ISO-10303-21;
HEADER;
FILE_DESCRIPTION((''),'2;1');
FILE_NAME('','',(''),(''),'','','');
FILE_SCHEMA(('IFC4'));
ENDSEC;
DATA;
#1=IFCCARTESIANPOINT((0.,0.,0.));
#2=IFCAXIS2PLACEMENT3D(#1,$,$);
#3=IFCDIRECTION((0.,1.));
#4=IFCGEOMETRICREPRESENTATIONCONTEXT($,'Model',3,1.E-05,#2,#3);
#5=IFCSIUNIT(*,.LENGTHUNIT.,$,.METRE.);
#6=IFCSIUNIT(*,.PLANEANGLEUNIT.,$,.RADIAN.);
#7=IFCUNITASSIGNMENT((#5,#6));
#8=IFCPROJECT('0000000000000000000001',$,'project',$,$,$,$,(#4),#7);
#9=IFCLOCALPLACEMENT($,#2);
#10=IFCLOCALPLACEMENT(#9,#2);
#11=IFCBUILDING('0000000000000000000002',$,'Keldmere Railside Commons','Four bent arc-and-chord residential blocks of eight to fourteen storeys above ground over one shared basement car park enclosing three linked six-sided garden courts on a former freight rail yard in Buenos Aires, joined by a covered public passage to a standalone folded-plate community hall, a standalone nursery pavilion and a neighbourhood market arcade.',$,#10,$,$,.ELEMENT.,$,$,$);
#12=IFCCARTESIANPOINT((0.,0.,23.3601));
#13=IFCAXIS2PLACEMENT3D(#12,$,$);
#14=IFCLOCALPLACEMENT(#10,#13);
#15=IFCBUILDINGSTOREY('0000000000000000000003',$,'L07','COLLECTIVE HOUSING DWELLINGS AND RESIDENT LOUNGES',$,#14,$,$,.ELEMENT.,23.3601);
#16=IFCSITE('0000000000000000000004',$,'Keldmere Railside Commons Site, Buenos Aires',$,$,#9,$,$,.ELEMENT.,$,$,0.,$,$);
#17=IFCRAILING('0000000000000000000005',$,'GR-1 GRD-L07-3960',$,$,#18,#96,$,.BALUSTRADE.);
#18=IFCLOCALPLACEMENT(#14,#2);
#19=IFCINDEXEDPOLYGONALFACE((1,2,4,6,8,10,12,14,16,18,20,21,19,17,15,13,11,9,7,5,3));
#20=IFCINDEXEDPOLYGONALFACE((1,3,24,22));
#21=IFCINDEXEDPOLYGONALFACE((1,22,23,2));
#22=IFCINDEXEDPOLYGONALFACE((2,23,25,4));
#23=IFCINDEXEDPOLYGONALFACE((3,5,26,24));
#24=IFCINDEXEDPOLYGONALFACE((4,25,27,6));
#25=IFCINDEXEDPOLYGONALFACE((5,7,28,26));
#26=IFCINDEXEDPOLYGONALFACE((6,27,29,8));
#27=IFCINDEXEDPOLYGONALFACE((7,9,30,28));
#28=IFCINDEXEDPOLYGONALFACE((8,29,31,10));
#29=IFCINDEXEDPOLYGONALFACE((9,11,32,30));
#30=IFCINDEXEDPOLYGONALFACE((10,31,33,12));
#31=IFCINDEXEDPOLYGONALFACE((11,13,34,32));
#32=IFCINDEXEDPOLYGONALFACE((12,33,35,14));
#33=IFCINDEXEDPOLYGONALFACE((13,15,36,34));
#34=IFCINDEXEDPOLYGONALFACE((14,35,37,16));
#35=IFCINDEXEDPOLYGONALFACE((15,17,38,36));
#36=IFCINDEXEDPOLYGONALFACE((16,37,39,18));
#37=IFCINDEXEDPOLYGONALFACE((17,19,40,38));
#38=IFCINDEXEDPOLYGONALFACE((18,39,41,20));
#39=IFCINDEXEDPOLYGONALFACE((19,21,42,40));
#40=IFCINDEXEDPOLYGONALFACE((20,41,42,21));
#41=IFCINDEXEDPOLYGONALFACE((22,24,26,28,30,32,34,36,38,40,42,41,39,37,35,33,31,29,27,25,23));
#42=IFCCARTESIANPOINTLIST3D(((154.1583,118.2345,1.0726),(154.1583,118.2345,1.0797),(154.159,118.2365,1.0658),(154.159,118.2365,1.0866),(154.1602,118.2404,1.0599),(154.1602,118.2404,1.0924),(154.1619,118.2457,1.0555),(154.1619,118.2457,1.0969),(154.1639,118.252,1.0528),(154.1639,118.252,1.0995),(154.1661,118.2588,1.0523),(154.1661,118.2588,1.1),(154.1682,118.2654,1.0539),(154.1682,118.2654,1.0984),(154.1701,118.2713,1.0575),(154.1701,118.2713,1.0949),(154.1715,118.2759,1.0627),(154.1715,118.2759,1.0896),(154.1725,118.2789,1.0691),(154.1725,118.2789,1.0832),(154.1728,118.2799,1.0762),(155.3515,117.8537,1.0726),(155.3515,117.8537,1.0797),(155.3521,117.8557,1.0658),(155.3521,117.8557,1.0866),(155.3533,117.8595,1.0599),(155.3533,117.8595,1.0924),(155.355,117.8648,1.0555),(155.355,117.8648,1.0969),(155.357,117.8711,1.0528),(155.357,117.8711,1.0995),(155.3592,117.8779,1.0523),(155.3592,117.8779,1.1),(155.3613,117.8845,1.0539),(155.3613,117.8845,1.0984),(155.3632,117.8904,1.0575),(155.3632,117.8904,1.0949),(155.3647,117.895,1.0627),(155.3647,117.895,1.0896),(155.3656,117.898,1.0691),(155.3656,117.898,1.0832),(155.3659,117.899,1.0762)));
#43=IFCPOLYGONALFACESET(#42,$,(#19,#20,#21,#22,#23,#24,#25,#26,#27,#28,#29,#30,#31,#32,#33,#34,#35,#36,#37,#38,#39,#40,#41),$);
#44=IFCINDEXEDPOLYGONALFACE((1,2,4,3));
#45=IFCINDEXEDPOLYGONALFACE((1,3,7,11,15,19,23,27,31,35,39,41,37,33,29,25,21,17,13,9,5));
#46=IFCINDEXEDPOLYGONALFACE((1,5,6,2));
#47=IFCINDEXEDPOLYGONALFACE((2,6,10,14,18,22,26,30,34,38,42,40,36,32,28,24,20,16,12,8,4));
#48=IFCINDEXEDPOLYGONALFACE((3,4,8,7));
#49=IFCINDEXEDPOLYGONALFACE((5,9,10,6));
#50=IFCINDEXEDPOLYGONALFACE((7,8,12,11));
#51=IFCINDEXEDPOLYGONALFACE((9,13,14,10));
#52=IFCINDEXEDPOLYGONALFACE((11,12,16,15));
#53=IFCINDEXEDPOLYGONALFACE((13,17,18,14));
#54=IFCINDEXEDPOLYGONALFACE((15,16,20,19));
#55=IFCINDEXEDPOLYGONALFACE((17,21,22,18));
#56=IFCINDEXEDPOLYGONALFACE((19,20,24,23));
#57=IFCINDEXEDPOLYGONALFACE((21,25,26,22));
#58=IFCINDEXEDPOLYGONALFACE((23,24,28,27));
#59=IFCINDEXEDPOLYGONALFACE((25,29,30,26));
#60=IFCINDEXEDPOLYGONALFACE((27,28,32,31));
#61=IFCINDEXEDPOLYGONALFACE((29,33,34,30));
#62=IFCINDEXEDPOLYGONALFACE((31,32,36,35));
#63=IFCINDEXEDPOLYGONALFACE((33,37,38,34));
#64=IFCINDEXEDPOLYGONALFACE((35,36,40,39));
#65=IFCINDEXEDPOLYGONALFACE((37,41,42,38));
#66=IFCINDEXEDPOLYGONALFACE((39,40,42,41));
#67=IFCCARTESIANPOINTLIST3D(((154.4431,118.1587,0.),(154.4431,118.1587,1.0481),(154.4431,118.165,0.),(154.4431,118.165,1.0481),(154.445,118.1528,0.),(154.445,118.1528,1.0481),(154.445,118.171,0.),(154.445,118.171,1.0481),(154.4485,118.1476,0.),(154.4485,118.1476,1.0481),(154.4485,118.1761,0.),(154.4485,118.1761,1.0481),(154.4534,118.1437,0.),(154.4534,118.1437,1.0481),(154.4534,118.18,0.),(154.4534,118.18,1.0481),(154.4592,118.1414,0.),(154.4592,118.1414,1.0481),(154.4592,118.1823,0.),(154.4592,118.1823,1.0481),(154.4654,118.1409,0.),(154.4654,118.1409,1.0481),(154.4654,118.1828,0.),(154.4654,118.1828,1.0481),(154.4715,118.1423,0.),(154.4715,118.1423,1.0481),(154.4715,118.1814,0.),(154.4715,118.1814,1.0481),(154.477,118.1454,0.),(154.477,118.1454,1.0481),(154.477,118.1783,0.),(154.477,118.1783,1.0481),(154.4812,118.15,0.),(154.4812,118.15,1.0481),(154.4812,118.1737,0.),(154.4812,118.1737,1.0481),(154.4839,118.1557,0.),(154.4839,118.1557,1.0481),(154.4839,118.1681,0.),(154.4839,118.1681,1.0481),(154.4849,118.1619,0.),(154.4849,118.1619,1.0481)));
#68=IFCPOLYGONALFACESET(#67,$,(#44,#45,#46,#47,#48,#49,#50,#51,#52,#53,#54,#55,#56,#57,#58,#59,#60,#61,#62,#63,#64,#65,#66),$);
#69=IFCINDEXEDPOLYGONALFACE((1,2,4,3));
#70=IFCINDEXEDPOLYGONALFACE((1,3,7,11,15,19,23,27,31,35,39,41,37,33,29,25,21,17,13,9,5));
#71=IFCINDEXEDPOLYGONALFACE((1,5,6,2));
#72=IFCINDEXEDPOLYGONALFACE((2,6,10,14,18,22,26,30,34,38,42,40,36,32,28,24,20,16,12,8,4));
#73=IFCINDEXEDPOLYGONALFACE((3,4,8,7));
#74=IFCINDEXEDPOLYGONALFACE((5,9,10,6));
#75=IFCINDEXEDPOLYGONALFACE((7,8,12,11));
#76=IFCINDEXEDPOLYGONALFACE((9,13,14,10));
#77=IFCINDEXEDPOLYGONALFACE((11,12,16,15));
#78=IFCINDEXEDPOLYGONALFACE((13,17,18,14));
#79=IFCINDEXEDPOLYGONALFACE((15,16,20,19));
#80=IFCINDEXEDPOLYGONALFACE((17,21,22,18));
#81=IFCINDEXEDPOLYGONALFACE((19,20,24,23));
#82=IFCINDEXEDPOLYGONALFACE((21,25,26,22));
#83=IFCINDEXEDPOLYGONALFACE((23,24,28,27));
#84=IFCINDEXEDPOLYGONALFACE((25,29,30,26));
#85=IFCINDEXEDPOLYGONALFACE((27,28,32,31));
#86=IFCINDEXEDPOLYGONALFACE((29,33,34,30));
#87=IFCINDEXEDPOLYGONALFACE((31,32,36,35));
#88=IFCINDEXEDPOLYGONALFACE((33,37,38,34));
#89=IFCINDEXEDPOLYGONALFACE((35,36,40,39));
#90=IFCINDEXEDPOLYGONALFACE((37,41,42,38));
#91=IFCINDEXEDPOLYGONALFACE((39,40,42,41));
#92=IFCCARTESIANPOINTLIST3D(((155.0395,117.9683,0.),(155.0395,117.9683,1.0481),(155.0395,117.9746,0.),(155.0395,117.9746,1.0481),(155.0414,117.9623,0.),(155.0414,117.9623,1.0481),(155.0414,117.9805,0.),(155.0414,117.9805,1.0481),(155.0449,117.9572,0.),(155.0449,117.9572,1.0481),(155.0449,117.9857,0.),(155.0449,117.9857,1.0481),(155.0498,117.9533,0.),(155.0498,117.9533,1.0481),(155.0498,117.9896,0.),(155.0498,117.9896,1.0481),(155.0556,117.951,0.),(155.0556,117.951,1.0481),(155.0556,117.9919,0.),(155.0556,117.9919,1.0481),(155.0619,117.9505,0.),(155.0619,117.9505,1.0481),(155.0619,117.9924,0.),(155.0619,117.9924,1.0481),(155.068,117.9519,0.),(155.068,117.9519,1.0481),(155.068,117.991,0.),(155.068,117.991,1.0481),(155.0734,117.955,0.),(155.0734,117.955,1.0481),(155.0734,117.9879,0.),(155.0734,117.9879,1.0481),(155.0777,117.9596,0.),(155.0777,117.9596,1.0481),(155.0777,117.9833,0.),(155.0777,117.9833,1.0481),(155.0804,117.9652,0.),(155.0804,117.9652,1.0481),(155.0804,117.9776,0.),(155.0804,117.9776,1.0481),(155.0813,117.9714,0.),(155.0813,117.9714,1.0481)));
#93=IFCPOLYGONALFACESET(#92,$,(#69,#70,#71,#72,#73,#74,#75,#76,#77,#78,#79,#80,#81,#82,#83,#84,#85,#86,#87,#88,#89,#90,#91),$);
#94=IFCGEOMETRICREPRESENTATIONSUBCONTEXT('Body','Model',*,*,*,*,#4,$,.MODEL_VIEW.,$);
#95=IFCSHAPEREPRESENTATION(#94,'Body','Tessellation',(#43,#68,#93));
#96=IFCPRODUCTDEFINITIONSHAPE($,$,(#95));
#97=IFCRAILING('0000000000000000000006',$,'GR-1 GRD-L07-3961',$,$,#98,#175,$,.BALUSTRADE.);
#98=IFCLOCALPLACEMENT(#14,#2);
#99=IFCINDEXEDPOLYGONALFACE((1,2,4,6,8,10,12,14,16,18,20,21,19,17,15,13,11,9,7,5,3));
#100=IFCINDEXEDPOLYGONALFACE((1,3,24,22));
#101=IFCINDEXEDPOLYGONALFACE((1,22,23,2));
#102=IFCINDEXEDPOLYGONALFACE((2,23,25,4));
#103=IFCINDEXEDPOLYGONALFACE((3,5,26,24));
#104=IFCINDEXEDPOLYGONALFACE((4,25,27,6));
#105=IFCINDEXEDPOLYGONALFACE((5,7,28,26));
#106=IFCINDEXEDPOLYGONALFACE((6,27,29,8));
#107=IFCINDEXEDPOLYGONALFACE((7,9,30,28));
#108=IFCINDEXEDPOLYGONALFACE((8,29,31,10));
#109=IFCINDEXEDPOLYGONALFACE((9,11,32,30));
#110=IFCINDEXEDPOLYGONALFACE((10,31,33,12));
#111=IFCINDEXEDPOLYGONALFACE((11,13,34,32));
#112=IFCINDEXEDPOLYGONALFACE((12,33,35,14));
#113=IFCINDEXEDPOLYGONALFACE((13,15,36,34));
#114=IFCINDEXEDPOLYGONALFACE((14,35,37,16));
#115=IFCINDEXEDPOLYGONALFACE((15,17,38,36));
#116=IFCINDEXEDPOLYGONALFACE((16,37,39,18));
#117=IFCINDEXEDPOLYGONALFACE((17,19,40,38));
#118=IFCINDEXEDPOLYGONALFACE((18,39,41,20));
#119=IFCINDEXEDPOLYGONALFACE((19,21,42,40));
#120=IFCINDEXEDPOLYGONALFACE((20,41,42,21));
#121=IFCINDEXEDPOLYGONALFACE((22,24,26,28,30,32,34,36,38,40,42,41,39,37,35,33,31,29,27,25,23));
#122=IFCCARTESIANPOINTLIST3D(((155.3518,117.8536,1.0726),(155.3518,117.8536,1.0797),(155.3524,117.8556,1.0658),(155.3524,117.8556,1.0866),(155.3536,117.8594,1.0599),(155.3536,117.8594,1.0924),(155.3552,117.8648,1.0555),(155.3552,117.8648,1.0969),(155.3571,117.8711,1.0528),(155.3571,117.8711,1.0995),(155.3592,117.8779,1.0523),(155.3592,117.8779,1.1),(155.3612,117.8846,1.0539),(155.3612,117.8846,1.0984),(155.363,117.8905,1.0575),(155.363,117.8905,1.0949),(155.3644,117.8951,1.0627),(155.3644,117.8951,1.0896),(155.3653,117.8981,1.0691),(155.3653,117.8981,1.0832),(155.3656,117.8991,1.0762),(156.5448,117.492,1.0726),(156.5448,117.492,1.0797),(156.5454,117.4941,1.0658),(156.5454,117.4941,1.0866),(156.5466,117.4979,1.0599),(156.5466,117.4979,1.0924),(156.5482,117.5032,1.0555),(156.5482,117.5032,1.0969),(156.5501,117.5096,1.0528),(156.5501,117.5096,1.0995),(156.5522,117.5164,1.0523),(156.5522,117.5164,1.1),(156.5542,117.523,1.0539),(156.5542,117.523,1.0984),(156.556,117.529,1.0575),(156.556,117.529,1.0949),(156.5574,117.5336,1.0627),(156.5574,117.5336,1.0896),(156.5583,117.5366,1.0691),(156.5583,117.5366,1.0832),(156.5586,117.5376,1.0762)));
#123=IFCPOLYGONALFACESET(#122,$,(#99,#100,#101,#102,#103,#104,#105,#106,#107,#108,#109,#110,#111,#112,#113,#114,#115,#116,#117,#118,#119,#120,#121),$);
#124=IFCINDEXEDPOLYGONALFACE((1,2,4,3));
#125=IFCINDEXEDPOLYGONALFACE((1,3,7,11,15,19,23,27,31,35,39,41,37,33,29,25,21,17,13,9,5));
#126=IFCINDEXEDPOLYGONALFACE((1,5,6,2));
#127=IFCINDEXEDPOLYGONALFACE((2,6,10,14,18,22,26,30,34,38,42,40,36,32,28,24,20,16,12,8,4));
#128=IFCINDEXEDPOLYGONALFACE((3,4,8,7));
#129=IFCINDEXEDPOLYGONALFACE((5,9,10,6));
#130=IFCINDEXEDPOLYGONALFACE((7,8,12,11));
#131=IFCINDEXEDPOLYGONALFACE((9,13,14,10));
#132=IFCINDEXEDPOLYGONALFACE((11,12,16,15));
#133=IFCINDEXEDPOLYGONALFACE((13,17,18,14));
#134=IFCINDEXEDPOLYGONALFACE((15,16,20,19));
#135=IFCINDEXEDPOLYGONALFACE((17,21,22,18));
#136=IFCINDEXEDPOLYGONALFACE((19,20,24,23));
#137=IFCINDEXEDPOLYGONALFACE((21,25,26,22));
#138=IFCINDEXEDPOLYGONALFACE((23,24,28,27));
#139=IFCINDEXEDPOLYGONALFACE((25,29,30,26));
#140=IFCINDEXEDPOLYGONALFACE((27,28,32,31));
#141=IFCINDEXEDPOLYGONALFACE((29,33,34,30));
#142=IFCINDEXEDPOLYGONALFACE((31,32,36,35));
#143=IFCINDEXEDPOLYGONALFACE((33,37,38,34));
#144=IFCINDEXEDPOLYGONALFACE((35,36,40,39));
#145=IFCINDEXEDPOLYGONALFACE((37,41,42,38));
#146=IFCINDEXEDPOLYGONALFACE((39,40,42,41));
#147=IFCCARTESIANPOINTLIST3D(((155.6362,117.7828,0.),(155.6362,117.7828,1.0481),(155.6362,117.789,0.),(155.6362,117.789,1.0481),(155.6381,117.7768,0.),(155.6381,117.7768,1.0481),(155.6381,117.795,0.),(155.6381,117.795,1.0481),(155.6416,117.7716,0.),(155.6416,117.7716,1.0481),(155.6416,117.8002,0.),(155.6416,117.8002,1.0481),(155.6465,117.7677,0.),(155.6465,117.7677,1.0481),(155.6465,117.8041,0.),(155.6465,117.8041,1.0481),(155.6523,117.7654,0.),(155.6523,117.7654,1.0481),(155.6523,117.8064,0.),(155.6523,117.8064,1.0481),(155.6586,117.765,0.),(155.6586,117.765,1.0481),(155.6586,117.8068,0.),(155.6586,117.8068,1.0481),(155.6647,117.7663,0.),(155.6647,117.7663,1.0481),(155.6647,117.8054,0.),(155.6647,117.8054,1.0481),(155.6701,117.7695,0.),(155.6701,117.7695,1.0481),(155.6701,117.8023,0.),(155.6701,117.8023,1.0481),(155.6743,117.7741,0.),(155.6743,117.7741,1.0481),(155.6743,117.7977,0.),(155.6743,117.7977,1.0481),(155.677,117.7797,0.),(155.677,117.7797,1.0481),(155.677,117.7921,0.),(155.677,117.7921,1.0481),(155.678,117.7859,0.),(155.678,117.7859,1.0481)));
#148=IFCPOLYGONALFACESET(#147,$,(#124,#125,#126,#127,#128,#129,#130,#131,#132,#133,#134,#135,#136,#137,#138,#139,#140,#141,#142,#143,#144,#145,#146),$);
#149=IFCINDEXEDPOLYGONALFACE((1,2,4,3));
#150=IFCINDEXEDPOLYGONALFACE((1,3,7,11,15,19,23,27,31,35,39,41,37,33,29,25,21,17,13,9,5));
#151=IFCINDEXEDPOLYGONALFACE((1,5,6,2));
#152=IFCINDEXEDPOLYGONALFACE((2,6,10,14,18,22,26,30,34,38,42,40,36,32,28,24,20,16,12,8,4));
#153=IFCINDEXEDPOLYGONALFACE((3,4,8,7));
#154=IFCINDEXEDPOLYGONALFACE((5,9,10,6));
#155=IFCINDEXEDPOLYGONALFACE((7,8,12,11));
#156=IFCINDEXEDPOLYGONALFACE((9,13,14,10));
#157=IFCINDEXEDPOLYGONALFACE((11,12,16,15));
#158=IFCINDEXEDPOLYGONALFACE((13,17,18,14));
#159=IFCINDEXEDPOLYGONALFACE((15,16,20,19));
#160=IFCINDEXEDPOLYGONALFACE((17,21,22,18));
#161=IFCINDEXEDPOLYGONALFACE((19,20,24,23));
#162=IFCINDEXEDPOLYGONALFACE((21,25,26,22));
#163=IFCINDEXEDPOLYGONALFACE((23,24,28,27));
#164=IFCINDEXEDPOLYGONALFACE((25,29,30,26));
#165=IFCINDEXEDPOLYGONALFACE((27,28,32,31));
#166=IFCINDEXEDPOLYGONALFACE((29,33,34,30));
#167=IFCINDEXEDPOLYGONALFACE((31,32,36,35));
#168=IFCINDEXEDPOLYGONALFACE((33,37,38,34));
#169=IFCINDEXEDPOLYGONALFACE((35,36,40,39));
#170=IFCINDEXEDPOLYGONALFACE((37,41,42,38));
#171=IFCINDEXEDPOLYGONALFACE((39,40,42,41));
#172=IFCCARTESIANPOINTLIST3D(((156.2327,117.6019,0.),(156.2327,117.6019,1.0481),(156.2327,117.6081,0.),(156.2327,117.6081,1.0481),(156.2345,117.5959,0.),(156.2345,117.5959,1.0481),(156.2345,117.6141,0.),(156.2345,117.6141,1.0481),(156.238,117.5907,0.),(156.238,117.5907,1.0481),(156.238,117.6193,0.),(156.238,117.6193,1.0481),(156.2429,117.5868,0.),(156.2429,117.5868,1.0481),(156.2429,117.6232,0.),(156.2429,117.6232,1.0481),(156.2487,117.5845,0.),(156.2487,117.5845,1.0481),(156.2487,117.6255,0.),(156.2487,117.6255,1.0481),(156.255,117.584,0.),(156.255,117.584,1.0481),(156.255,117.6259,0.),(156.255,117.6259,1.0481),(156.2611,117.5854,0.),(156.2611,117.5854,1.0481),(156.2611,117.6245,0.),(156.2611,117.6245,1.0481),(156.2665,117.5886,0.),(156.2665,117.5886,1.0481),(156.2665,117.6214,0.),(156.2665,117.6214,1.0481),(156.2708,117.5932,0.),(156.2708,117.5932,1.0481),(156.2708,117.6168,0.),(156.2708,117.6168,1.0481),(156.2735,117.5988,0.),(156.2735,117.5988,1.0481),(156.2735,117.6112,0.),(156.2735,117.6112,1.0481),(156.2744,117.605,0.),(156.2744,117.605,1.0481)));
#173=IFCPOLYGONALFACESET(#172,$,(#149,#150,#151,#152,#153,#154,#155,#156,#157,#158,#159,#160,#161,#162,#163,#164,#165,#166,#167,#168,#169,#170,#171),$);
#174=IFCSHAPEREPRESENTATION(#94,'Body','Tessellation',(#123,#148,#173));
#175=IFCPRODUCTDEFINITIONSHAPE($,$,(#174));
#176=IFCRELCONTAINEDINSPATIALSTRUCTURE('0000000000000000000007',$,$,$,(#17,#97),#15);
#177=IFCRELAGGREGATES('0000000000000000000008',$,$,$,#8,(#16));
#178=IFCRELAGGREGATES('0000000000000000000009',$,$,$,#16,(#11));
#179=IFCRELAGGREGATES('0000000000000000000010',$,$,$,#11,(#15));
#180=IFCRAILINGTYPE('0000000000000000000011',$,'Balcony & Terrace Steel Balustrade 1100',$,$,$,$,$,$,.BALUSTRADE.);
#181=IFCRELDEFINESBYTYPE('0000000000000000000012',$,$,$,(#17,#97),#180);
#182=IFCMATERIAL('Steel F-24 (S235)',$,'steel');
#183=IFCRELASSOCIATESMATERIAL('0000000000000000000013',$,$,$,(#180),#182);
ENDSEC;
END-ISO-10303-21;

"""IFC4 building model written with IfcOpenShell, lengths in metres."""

from ifc_helpers import new_model, si_unit, direction, frame, origin, origin_2d, place, context, subcontext, project, spatial, circle, extrude, material, type_object, element, save


model = new_model("IFC4")

# Units and contexts
model_context = context("Model", 3, precision=1e-05, world=origin(), true_north=direction((0.0, 1.0)))
body_context = subcontext(model_context, "Body", "Model", "MODEL_VIEW")
ifc_project = project(units=[si_unit("LENGTHUNIT", "METRE"), si_unit("PLANEANGLEUNIT", "RADIAN")], contexts=[model_context])

# Site, building, storey
site_placement = place(None, origin())
site = spatial("IfcSite", under=ifc_project, at=site_placement, Name="Keldmere Railside Commons Site, Buenos Aires", CompositionType="ELEMENT", RefElevation=0.0)
building_placement = place(site_placement, origin())
building = spatial("IfcBuilding", under=site, at=building_placement, Name="Keldmere Railside Commons", Description="Four bent arc-and-chord residential blocks of eight to fourteen storeys above ground over one shared basement car park enclosing three linked six-sided garden courts on a former freight rail yard in Buenos Aires, joined by a covered public passage to a standalone folded-plate community hall, a standalone nursery pavilion and a neighbourhood market arcade.", CompositionType="ELEMENT")
storey_placement = place(building_placement, frame((0.0, 0.0, 23.3601)))
storey = spatial("IfcBuildingStorey", under=building, at=storey_placement, Name="L07", Description="COLLECTIVE HOUSING DWELLINGS AND RESIDENT LOUNGES", CompositionType="ELEMENT", Elevation=23.3601)

# Shared definitions
ifc_material_1 = material(Name="Steel F-24 (S235)", Category="steel")

# Railings
railing_type = type_object("IfcRailingType", Name="Balcony & Terrace Steel Balustrade 1100", PredefinedType="BALUSTRADE", material=ifc_material_1)
railing_1_placement = place(storey_placement, frame((154.1655, 118.2571, 0.0)))
element("IfcRailing", 1, at=railing_1_placement, inside=storey, type_object=railing_type, Name="GR-1 GRD-L07-3960", PredefinedType="BALUSTRADE", context=body_context, shape_type="SweptSolid", body=[
    extrude(circle(Radius=0.0239, at=origin_2d()), frame((0.0, 0.0, 1.0762), z_axis=(0.952641, -0.304097, 0.0), x_axis=(0.304097, 0.952641, 0.0)), (0.0, 0.0, 1.0), 1.2524),
    extrude(circle(Radius=0.021, at=origin_2d()), frame((0.2983, -0.0952, 0.0)), (0.0, 0.0, 1.0), 1.0481),
    extrude(circle(Radius=0.021, at=origin_2d()), frame((0.8948, -0.2856, 0.0)), (0.0, 0.0, 1.0), 1.0481),
])
railing_2_placement = place(storey_placement, frame((155.3586, 117.8762, 0.0)))
element("IfcRailing", 2, at=railing_2_placement, inside=storey, type_object=railing_type, Name="GR-1 GRD-L07-3961", PredefinedType="BALUSTRADE", context=body_context, shape_type="SweptSolid", body=[
    extrude(circle(Radius=0.0239, at=origin_2d()), frame((0.0, 0.0, 1.0762), z_axis=(0.957019, -0.290024, 0.0), x_axis=(0.290024, 0.957019, 0.0)), (0.0, 0.0, 1.0), 1.2466),
    extrude(circle(Radius=0.021, at=origin_2d()), frame((0.2983, -0.0903, 0.0)), (0.0, 0.0, 1.0), 1.0481),
    extrude(circle(Radius=0.021, at=origin_2d()), frame((0.8948, -0.2712, 0.0)), (0.0, 0.0, 1.0), 1.0481),
])

save(model, "model.ifc")
